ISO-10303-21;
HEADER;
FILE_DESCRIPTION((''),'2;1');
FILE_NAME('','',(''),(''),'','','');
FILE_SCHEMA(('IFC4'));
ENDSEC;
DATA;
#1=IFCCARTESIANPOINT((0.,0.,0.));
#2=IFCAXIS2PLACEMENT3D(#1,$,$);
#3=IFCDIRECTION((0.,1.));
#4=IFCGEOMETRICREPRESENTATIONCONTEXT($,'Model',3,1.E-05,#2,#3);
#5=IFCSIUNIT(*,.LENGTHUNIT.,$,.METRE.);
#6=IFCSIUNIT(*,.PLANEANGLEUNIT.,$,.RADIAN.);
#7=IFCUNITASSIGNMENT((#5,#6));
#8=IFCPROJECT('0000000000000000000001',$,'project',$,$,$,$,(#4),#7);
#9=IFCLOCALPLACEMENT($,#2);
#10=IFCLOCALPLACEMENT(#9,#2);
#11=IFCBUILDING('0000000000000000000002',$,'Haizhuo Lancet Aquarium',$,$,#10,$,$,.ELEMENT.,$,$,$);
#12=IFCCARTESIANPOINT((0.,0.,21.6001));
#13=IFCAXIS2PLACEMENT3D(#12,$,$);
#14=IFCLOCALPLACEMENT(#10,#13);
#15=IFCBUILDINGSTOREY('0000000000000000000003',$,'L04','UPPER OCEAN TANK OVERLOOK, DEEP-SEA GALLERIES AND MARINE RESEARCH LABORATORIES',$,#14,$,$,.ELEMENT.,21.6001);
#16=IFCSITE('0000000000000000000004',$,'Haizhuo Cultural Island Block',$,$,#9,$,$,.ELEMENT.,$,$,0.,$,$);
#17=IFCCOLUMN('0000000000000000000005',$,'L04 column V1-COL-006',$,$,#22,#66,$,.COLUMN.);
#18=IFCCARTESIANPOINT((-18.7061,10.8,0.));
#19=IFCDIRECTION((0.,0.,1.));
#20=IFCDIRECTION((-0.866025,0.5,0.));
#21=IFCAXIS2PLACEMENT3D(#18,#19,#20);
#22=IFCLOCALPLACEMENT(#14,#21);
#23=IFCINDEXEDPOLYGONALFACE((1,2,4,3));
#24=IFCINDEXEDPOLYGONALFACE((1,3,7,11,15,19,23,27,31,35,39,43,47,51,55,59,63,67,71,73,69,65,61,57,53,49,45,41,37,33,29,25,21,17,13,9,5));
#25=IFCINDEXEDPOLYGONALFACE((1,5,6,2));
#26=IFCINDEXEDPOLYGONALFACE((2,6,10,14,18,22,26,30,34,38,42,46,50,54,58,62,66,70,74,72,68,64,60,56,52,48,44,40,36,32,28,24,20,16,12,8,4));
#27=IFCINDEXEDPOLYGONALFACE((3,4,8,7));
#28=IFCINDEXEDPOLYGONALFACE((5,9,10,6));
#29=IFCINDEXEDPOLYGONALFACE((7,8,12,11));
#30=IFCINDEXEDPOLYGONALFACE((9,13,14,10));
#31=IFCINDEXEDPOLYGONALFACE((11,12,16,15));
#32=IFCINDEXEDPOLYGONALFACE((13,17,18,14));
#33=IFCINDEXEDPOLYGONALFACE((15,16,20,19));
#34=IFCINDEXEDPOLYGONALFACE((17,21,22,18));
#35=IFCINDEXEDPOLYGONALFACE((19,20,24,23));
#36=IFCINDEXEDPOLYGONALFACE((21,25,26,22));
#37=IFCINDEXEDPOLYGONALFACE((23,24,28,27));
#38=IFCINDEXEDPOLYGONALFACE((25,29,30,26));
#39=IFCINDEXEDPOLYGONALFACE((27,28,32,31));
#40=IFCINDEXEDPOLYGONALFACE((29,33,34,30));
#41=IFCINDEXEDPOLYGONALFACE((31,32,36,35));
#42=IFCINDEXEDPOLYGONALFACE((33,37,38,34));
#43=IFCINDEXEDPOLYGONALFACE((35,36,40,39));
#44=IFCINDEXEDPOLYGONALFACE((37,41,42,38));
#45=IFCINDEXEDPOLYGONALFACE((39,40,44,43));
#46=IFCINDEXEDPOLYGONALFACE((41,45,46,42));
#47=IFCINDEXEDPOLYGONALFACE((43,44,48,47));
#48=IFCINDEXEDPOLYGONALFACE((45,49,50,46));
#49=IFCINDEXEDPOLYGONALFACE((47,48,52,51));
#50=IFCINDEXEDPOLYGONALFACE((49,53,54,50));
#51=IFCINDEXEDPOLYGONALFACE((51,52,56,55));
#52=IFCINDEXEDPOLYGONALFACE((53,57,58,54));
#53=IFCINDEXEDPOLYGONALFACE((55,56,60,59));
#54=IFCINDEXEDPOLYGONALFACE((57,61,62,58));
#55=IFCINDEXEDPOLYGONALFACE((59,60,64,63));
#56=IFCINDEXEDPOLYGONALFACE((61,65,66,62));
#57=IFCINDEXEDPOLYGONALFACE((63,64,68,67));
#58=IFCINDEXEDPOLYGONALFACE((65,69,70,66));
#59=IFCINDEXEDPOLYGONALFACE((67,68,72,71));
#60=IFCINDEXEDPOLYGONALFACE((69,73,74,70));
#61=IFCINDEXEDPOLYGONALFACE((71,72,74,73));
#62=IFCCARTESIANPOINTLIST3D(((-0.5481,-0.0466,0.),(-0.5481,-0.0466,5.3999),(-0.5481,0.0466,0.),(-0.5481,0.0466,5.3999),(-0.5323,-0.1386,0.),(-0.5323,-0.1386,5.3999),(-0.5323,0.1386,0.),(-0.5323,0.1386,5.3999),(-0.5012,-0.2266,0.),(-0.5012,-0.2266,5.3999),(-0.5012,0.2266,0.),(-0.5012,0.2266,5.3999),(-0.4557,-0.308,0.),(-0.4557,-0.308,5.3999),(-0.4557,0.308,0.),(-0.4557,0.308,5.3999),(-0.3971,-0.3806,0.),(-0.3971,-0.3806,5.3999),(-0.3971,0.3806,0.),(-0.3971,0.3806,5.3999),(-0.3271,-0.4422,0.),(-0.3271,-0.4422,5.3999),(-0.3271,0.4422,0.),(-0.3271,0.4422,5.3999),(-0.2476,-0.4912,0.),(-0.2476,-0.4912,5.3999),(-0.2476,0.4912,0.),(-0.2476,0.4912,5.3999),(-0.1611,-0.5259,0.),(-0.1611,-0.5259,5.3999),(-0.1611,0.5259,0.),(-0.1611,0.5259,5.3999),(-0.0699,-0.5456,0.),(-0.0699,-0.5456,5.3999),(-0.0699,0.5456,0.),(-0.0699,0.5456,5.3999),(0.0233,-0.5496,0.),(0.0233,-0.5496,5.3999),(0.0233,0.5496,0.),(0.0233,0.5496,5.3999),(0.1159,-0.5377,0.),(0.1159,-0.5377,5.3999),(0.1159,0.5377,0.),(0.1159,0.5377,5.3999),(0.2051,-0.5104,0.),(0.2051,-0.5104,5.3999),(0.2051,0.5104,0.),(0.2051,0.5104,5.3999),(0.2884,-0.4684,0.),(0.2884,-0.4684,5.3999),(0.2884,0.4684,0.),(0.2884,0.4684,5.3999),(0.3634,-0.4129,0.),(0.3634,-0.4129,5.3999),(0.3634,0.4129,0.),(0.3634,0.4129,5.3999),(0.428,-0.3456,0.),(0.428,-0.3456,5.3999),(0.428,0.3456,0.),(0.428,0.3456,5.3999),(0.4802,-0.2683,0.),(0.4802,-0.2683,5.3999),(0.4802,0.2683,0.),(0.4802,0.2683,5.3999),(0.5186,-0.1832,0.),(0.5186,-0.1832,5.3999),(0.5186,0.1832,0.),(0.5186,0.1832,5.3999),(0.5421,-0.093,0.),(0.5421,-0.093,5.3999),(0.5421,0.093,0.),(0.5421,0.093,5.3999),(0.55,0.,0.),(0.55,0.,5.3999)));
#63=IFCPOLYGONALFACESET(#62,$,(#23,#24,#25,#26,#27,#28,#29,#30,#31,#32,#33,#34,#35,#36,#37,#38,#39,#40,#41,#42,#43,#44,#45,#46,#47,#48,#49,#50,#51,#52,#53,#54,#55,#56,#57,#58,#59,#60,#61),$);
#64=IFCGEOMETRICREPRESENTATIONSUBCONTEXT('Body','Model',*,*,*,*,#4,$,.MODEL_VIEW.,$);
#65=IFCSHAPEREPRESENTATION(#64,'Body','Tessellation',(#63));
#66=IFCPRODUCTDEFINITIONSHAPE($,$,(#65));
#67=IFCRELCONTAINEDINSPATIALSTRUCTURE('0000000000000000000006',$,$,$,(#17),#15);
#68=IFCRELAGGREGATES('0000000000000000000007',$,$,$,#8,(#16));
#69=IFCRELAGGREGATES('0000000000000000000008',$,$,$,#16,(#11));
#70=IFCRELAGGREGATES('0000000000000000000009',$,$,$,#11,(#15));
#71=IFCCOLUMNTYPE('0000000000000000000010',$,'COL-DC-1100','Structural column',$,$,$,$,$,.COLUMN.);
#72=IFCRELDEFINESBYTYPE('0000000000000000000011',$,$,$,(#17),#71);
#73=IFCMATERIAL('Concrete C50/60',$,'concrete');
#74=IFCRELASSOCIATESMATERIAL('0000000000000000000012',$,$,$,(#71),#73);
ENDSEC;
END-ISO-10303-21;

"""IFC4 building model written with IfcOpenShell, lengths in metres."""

from ifc_helpers import new_model, si_unit, direction, frame, origin, origin_2d, place, context, subcontext, project, spatial, circle, extrude, material, material_profile, profile_set, type_object, element, save


model = new_model("IFC4")

# Units and contexts
model_context = context("Model", 3, precision=1e-05, world=origin(), true_north=direction((0.0, 1.0)))
body_context = subcontext(model_context, "Body", "Model", "MODEL_VIEW")
ifc_project = project(units=[si_unit("LENGTHUNIT", "METRE"), si_unit("PLANEANGLEUNIT", "RADIAN")], contexts=[model_context])

# Site, building, storey
site_placement = place(None, origin())
site = spatial("IfcSite", under=ifc_project, at=site_placement, Name="Haizhuo Cultural Island Block", CompositionType="ELEMENT", RefElevation=0.0)
building_placement = place(site_placement, origin())
building = spatial("IfcBuilding", under=site, at=building_placement, Name="Haizhuo Lancet Aquarium", CompositionType="ELEMENT")
storey_placement = place(building_placement, frame((0.0, 0.0, 21.6001)))
storey = spatial("IfcBuildingStorey", under=building, at=storey_placement, Name="L04", Description="UPPER OCEAN TANK OVERLOOK, DEEP-SEA GALLERIES AND MARINE RESEARCH LABORATORIES", CompositionType="ELEMENT", Elevation=21.6001)

# Column
ifc_material_1 = material(Name="Concrete C50/60", Category="concrete")
ifc_material_profile_1 = material_profile(ifc_material_1, circle(Radius=0.55, at=origin_2d()), Name="RC-DC 1100")
ifc_profile_set_1 = profile_set([ifc_material_profile_1], Name="Concrete C50/60")
column_type = type_object("IfcColumnType", Name="COL-DC-1100", Description="Structural column", PredefinedType="COLUMN", material=ifc_profile_set_1)
column_placement = place(storey_placement, frame((-18.7061, 10.8, 0.0), z_axis=(0.0, 0.0, 1.0), x_axis=(-0.866025, 0.5, 0.0)))
element("IfcColumn", 1, at=column_placement, inside=storey, type_object=column_type, Name="L04 column V1-COL-006", PredefinedType="COLUMN", context=body_context, shape_type="SweptSolid", body=[
    extrude(circle(Radius=0.55, at=origin_2d()), origin(), (0.0, 0.0, 1.0), 5.3999),
])

save(model, "model.ifc")
